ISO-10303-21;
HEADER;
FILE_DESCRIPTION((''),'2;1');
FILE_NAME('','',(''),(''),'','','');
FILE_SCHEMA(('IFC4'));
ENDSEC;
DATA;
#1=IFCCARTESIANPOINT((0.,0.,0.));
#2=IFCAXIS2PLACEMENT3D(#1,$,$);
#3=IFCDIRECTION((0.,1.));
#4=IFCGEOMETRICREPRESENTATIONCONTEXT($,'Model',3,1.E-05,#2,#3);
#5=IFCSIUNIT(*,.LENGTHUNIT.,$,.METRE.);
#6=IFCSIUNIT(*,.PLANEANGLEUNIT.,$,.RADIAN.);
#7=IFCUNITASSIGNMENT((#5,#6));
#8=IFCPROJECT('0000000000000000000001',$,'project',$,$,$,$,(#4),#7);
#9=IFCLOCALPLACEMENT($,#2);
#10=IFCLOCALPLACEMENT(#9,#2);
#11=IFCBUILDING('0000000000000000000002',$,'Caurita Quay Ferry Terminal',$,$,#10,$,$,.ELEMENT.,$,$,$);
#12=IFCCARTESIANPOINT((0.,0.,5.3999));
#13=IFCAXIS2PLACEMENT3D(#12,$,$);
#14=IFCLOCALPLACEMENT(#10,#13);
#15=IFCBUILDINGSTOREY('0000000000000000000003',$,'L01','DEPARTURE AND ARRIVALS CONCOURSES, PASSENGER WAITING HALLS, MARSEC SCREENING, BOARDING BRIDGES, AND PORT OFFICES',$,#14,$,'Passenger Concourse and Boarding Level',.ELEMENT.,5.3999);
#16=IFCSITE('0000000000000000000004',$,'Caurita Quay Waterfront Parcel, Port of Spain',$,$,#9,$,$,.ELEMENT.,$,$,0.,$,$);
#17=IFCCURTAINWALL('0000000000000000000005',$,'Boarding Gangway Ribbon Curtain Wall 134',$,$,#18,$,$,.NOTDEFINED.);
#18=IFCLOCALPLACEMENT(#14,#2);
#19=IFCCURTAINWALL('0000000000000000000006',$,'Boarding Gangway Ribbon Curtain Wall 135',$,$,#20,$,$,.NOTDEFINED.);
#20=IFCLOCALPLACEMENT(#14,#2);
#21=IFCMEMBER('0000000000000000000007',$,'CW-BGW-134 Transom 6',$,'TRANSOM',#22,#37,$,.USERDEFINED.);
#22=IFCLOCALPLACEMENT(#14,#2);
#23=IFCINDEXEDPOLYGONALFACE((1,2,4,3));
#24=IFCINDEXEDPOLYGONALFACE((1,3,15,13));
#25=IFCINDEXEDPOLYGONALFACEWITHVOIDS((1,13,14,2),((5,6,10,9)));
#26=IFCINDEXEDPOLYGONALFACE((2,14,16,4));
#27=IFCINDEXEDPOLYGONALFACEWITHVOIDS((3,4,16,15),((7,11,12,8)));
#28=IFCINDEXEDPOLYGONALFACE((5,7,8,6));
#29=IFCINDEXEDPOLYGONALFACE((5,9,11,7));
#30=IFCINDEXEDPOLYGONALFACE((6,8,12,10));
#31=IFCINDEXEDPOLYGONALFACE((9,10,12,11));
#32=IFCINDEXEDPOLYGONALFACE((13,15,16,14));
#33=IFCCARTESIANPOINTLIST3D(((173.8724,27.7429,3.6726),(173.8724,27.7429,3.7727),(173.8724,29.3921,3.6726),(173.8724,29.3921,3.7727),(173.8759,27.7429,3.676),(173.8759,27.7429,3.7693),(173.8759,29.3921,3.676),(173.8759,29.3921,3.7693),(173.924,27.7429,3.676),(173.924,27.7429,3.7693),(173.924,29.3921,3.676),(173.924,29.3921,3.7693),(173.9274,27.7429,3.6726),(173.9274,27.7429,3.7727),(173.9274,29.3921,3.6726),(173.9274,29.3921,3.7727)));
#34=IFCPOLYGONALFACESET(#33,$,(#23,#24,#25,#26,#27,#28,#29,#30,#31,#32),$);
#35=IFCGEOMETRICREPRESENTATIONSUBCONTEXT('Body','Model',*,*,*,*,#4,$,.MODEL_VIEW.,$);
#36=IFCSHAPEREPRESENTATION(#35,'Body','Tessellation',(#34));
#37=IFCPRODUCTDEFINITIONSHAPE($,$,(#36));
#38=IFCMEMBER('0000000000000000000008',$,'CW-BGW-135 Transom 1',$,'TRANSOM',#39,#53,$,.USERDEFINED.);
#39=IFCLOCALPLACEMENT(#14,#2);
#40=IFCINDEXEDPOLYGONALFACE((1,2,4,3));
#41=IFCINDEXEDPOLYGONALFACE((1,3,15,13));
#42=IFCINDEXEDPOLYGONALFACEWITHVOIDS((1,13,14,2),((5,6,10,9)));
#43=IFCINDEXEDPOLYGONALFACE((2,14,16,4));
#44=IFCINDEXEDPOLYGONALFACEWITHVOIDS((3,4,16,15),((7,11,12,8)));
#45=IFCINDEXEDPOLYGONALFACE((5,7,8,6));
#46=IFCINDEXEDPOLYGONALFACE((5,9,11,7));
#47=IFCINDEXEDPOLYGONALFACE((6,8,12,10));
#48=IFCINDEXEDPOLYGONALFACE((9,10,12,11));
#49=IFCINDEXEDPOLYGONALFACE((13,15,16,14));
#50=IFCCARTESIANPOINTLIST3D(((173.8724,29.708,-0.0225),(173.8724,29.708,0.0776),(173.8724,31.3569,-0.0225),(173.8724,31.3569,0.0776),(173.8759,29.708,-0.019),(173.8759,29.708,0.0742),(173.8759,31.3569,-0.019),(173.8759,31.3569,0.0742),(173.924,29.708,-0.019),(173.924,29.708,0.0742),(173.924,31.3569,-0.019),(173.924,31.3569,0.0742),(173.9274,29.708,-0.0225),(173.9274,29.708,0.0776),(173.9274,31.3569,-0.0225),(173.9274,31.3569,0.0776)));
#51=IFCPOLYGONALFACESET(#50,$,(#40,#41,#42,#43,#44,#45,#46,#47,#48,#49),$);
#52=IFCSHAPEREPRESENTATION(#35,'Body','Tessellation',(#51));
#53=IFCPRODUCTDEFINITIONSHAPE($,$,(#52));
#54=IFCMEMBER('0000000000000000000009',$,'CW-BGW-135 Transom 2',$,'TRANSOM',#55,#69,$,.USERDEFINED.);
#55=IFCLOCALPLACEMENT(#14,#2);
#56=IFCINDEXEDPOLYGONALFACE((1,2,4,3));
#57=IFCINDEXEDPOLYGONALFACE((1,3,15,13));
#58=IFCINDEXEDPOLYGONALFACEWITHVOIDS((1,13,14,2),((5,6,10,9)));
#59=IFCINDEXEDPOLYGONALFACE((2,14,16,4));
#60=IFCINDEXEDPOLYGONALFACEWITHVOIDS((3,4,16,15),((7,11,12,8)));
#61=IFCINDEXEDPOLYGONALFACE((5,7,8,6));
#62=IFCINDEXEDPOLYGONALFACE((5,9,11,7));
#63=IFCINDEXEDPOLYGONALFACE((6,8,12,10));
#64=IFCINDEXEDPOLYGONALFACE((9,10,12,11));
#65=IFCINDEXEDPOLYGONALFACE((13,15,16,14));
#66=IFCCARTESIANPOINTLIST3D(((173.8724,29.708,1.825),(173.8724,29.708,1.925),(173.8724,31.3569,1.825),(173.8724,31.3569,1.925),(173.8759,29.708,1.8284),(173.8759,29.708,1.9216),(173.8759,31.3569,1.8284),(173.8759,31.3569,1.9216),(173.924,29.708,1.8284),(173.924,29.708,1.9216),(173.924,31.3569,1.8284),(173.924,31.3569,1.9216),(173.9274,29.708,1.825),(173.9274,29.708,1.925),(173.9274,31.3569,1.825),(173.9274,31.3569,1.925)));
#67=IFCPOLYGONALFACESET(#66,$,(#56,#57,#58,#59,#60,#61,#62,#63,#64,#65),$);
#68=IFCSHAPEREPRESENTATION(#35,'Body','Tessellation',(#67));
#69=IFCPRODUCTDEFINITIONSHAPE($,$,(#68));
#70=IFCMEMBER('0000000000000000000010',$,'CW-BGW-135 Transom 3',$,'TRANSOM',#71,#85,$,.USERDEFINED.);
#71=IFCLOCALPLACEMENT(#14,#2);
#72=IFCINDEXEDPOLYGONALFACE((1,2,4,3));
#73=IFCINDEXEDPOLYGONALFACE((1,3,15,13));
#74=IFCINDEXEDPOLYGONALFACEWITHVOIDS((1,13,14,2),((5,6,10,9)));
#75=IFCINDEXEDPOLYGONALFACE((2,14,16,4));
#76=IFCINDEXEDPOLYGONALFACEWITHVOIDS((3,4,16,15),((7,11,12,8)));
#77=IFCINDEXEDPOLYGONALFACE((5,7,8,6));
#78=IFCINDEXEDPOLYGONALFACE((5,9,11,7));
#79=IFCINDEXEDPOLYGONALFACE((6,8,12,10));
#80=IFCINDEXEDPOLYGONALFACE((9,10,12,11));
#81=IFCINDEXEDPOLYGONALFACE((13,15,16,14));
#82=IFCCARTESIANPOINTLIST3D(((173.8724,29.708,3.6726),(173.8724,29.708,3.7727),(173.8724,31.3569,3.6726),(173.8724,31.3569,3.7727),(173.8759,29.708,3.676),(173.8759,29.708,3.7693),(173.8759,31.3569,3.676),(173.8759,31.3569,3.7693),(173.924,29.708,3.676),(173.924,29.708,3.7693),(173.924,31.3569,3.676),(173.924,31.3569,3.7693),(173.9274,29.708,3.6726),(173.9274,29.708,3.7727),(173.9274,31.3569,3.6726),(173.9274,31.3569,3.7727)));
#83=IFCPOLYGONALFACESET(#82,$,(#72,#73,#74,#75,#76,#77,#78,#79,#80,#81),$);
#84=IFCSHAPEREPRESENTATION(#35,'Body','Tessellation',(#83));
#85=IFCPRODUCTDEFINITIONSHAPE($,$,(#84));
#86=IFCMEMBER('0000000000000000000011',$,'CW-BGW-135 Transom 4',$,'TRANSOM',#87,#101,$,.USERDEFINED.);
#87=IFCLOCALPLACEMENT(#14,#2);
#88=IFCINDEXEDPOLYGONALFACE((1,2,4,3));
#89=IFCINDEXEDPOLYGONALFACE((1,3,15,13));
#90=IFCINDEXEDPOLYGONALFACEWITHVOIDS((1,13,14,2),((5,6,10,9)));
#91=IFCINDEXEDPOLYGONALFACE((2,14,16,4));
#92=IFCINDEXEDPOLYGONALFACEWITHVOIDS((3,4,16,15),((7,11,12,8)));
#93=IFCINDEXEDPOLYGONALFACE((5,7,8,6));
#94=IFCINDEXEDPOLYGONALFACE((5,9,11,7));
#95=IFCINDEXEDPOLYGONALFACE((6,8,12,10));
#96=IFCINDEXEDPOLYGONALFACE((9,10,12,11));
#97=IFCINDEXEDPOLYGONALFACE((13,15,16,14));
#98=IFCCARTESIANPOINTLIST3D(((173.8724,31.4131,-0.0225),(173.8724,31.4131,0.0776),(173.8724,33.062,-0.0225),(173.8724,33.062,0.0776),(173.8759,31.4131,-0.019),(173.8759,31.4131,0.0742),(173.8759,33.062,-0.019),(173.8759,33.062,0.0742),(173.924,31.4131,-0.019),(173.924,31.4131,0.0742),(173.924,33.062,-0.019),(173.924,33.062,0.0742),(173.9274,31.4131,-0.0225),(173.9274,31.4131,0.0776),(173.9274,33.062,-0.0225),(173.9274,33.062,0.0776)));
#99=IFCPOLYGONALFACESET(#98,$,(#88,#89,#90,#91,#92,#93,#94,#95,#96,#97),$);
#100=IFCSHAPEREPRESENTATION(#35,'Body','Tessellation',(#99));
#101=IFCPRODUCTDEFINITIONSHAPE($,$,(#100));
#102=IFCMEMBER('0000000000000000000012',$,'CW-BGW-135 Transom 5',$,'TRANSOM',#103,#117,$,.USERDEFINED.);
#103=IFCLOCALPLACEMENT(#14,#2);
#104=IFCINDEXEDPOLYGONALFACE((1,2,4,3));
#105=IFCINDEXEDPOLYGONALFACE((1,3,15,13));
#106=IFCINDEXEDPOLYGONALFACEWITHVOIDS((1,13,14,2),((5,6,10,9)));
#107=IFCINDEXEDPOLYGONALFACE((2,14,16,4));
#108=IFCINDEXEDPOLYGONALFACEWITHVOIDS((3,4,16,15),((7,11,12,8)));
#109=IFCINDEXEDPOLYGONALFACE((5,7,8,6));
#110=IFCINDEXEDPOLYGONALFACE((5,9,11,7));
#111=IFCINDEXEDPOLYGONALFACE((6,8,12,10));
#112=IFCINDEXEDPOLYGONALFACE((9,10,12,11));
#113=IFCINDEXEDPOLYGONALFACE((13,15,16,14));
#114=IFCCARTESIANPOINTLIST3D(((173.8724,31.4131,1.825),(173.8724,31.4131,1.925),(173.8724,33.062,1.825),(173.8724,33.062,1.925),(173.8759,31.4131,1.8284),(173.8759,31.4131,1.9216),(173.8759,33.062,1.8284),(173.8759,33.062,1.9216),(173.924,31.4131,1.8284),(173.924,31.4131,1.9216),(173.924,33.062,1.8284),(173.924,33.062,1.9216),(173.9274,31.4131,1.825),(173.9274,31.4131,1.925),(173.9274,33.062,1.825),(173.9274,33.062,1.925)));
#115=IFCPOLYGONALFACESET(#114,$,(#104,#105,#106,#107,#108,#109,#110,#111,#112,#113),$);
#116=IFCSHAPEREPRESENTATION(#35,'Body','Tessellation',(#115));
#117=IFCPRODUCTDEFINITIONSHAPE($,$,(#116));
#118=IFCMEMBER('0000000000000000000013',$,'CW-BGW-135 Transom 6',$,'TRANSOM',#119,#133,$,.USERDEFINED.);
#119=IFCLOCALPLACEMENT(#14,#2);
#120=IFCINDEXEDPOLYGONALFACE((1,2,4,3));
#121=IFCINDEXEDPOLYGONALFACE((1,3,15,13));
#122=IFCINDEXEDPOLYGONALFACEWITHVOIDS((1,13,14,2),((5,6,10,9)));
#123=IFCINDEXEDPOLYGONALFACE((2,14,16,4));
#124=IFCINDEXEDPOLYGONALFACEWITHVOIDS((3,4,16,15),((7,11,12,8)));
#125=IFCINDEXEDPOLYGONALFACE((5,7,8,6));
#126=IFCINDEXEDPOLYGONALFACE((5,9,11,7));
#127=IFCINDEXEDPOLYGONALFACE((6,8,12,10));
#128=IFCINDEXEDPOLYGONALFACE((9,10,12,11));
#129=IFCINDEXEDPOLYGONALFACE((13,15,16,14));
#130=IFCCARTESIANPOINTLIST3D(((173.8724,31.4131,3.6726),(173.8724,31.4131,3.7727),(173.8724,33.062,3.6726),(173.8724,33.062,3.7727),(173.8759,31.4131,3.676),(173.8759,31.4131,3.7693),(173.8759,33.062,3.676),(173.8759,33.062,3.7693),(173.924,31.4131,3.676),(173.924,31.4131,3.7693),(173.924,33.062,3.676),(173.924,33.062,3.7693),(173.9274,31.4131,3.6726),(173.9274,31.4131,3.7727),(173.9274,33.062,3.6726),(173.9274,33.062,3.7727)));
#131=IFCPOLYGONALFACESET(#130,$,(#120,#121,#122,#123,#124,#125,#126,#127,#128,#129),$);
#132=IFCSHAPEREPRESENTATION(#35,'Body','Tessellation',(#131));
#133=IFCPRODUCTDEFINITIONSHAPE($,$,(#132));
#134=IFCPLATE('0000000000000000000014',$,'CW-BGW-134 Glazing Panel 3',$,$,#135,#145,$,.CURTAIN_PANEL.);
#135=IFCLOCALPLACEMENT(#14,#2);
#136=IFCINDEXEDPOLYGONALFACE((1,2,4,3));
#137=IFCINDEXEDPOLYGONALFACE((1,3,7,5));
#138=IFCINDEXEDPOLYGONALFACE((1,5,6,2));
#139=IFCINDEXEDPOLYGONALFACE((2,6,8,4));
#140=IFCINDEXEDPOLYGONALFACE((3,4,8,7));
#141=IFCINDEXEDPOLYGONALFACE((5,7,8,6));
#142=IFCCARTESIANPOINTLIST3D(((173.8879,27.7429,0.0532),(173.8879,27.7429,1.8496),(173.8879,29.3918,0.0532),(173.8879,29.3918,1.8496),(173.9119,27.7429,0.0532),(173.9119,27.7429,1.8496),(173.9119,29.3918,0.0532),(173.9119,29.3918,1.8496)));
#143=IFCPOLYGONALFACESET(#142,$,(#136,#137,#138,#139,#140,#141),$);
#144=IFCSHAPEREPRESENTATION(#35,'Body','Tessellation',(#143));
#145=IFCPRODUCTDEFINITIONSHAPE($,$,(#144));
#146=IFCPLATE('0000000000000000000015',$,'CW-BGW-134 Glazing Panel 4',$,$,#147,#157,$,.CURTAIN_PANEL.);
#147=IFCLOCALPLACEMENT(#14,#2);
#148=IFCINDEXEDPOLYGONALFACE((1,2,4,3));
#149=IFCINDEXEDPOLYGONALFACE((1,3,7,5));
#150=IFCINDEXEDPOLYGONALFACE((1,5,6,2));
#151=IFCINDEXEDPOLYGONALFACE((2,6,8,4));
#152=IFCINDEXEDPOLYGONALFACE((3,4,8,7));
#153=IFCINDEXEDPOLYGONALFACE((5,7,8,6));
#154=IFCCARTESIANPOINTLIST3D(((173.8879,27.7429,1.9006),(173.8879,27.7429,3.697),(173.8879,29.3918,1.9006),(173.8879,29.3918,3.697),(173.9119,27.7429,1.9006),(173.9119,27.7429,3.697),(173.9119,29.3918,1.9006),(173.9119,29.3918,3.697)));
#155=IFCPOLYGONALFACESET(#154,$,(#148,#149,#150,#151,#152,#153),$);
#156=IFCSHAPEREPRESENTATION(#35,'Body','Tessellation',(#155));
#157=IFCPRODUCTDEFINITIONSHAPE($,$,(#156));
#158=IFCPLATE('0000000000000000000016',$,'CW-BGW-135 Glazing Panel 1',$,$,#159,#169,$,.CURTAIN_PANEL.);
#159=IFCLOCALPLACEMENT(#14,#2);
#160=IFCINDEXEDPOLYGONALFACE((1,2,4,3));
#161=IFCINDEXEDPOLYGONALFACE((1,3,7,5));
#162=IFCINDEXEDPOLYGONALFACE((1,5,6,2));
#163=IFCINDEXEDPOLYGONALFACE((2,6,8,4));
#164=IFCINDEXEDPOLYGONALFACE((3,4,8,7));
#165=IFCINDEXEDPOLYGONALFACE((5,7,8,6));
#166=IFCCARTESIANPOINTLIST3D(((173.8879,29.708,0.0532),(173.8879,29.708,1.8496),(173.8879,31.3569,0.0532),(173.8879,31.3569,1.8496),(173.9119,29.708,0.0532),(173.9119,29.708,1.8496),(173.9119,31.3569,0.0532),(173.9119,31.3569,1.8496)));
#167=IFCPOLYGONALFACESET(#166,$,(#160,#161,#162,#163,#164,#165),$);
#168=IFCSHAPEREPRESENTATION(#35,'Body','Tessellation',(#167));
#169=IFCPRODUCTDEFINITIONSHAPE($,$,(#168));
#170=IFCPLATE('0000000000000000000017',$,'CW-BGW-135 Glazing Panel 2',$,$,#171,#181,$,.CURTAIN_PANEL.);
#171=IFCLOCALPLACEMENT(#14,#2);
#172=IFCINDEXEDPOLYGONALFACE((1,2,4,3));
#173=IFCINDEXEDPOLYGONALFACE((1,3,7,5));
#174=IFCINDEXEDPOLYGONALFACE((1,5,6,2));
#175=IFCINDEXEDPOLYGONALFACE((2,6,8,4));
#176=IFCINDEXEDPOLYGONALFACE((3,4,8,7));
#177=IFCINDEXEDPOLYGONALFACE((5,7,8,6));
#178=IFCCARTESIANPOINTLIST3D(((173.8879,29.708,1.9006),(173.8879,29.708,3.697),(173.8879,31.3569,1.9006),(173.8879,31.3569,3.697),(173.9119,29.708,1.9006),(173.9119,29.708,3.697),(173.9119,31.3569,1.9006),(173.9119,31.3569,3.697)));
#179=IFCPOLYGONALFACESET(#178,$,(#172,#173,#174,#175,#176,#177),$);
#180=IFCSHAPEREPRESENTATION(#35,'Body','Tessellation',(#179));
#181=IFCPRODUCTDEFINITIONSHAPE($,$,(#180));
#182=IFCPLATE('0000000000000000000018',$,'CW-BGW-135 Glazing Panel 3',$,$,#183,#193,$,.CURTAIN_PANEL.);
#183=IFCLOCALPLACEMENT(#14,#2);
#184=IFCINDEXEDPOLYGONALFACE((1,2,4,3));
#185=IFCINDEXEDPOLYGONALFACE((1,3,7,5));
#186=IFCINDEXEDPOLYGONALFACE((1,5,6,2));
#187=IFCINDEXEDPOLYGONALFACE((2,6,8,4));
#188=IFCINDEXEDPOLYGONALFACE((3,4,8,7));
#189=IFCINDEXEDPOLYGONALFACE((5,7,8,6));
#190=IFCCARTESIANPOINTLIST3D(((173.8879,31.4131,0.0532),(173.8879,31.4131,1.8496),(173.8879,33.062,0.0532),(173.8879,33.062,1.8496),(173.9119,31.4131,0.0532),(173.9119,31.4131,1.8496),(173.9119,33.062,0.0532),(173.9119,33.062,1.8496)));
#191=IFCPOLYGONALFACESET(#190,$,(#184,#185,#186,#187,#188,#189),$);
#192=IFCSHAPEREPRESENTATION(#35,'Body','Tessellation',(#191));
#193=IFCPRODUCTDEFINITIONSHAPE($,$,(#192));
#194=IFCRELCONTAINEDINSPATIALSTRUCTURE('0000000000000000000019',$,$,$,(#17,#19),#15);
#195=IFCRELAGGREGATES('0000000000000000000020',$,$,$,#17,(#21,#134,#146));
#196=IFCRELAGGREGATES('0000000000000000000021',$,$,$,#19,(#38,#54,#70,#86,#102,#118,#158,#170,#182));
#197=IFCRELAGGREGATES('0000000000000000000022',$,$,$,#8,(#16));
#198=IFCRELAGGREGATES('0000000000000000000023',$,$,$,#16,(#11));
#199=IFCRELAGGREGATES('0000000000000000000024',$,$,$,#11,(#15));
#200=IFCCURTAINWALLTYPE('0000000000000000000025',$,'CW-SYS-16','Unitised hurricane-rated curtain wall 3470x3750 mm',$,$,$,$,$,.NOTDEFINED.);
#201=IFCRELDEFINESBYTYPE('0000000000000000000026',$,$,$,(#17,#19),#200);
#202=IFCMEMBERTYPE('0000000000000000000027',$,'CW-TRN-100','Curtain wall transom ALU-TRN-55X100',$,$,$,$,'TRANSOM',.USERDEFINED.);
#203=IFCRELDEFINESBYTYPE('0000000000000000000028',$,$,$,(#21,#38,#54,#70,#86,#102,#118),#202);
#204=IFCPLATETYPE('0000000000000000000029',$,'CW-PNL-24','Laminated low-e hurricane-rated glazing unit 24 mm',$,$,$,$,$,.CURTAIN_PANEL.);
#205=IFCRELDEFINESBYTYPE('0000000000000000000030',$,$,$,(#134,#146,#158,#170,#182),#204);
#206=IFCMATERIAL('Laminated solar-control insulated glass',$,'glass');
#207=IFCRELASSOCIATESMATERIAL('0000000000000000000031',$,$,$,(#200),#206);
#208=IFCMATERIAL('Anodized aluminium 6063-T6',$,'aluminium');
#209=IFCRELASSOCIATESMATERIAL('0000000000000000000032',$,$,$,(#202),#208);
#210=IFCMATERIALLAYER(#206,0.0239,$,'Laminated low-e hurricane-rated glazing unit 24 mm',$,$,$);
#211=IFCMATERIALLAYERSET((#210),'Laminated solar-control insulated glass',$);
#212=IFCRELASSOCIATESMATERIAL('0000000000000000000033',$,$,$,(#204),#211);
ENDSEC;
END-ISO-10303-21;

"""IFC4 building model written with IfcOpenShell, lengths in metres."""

from ifc_helpers import new_model, si_unit, direction, frame, origin, origin_2d, place, context, subcontext, project, spatial, rectangle, hollow_rectangle, extrude, material, layer, layer_set, material_profile, profile_set, type_object, element, aggregate, save


model = new_model("IFC4")

# Units and contexts
model_context = context("Model", 3, precision=1e-05, world=origin(), true_north=direction((0.0, 1.0)))
body_context = subcontext(model_context, "Body", "Model", "MODEL_VIEW")
ifc_project = project(units=[si_unit("LENGTHUNIT", "METRE"), si_unit("PLANEANGLEUNIT", "RADIAN")], contexts=[model_context])

# Site, building, storey
site_placement = place(None, origin())
site = spatial("IfcSite", under=ifc_project, at=site_placement, Name="Caurita Quay Waterfront Parcel, Port of Spain", CompositionType="ELEMENT", RefElevation=0.0)
building_placement = place(site_placement, origin())
building = spatial("IfcBuilding", under=site, at=building_placement, Name="Caurita Quay Ferry Terminal", CompositionType="ELEMENT")
storey_placement = place(building_placement, frame((0.0, 0.0, 5.3999)))
storey = spatial("IfcBuildingStorey", under=building, at=storey_placement, Name="L01", Description="DEPARTURE AND ARRIVALS CONCOURSES, PASSENGER WAITING HALLS, MARSEC SCREENING, BOARDING BRIDGES, AND PORT OFFICES", LongName="Passenger Concourse and Boarding Level", CompositionType="ELEMENT", Elevation=5.3999)

# Curtain walls
ifc_material_1 = material(Name="Laminated solar-control insulated glass", Category="glass")
curtain_wall_type = type_object("IfcCurtainWallType", Name="CW-SYS-16", Description="Unitised hurricane-rated curtain wall 3470x3750 mm", PredefinedType="NOTDEFINED", material=ifc_material_1)
curtain_wall_1_placement = place(storey_placement, origin())
curtain_wall_1 = element("IfcCurtainWall", 1, at=curtain_wall_1_placement, inside=storey, type_object=curtain_wall_type, Name="Boarding Gangway Ribbon Curtain Wall 134", PredefinedType="NOTDEFINED")
ifc_material_2 = material(Name="Anodized aluminium 6063-T6", Category="aluminium")
curtain_wall_2_placement = place(storey_placement, origin())
curtain_wall_2 = element("IfcCurtainWall", 2, at=curtain_wall_2_placement, inside=storey, type_object=curtain_wall_type, Name="Boarding Gangway Ribbon Curtain Wall 135", PredefinedType="NOTDEFINED")

# Members
ifc_material_profile_1 = material_profile(ifc_material_2, hollow_rectangle(XDim=0.0549, YDim=0.1001, WallThickness=0.0034, at=origin_2d()), Name="ALU-TRN-55X100")
ifc_profile_set_1 = profile_set([ifc_material_profile_1], Name="Anodized aluminium 6063-T6")
member_type_1 = type_object("IfcMemberType", Name="CW-TRN-100", Description="Curtain wall transom ALU-TRN-55X100", ElementType="TRANSOM", PredefinedType="USERDEFINED", material=ifc_profile_set_1)
member_1_placement = place(storey_placement, frame((173.8999, 27.7429, 3.7227), z_axis=(0.0, 1.0, 0.0), x_axis=(-1.0, 0.0, 0.0)))
member_1 = element("IfcMember", 3, at=member_1_placement, type_object=member_type_1, Name="CW-BGW-134 Transom 6", ObjectType="TRANSOM", PredefinedType="USERDEFINED", context=body_context, shape_type="SweptSolid", body=[
    extrude(hollow_rectangle(XDim=0.0549, YDim=0.1001, WallThickness=0.0034, at=origin_2d()), origin(), (0.0, 0.0, 1.0), 1.6492),
])
member_2_placement = place(storey_placement, frame((173.8999, 29.708, 0.0276), z_axis=(0.0, 1.0, 0.0), x_axis=(-1.0, 0.0, 0.0)))
member_2 = element("IfcMember", 4, at=member_2_placement, type_object=member_type_1, Name="CW-BGW-135 Transom 1", ObjectType="TRANSOM", PredefinedType="USERDEFINED", context=body_context, shape_type="SweptSolid", body=[
    extrude(hollow_rectangle(XDim=0.0549, YDim=0.1001, WallThickness=0.0034, at=origin_2d()), origin(), (0.0, 0.0, 1.0), 1.6489),
])
member_3_placement = place(storey_placement, frame((173.8999, 29.708, 1.875), z_axis=(0.0, 1.0, 0.0), x_axis=(-1.0, 0.0, 0.0)))
member_3 = element("IfcMember", 5, at=member_3_placement, type_object=member_type_1, Name="CW-BGW-135 Transom 2", ObjectType="TRANSOM", PredefinedType="USERDEFINED", context=body_context, shape_type="SweptSolid", body=[
    extrude(hollow_rectangle(XDim=0.0549, YDim=0.1001, WallThickness=0.0034, at=origin_2d()), origin(), (0.0, 0.0, 1.0), 1.6489),
])
member_4_placement = place(storey_placement, frame((173.8999, 29.708, 3.7227), z_axis=(0.0, 1.0, 0.0), x_axis=(-1.0, 0.0, 0.0)))
member_4 = element("IfcMember", 6, at=member_4_placement, type_object=member_type_1, Name="CW-BGW-135 Transom 3", ObjectType="TRANSOM", PredefinedType="USERDEFINED", context=body_context, shape_type="SweptSolid", body=[
    extrude(hollow_rectangle(XDim=0.0549, YDim=0.1001, WallThickness=0.0034, at=origin_2d()), origin(), (0.0, 0.0, 1.0), 1.6489),
])
member_5_placement = place(storey_placement, frame((173.8999, 31.4131, 0.0276), z_axis=(0.0, 1.0, 0.0), x_axis=(-1.0, 0.0, 0.0)))
member_5 = element("IfcMember", 7, at=member_5_placement, type_object=member_type_1, Name="CW-BGW-135 Transom 4", ObjectType="TRANSOM", PredefinedType="USERDEFINED", context=body_context, shape_type="SweptSolid", body=[
    extrude(hollow_rectangle(XDim=0.0549, YDim=0.1001, WallThickness=0.0034, at=origin_2d()), origin(), (0.0, 0.0, 1.0), 1.6489),
])
member_6_placement = place(storey_placement, frame((173.8999, 31.4131, 1.875), z_axis=(0.0, 1.0, 0.0), x_axis=(-1.0, 0.0, 0.0)))
member_6 = element("IfcMember", 8, at=member_6_placement, type_object=member_type_1, Name="CW-BGW-135 Transom 5", ObjectType="TRANSOM", PredefinedType="USERDEFINED", context=body_context, shape_type="SweptSolid", body=[
    extrude(hollow_rectangle(XDim=0.0549, YDim=0.1001, WallThickness=0.0034, at=origin_2d()), origin(), (0.0, 0.0, 1.0), 1.6489),
])
member_7_placement = place(storey_placement, frame((173.8999, 31.4131, 3.7227), z_axis=(0.0, 1.0, 0.0), x_axis=(-1.0, 0.0, 0.0)))
member_7 = element("IfcMember", 9, at=member_7_placement, type_object=member_type_1, Name="CW-BGW-135 Transom 6", ObjectType="TRANSOM", PredefinedType="USERDEFINED", context=body_context, shape_type="SweptSolid", body=[
    extrude(hollow_rectangle(XDim=0.0549, YDim=0.1001, WallThickness=0.0034, at=origin_2d()), origin(), (0.0, 0.0, 1.0), 1.6489),
])

# Plates
ifc_layer_1 = layer(ifc_material_1, 0.0239, Name="Laminated low-e hurricane-rated glazing unit 24 mm")
ifc_layer_set_1 = layer_set([ifc_layer_1], Name="Laminated solar-control insulated glass")
plate_type_1 = type_object("IfcPlateType", Name="CW-PNL-24", Description="Laminated low-e hurricane-rated glazing unit 24 mm", PredefinedType="CURTAIN_PANEL", material=ifc_layer_set_1)
plate_1_placement = place(storey_placement, frame((173.8999, 28.5674, 0.0532), z_axis=(0.0, 0.0, 1.0), x_axis=(0.0, 1.0, 0.0)))
plate_1 = element("IfcPlate", 10, at=plate_1_placement, type_object=plate_type_1, Name="CW-BGW-134 Glazing Panel 3", PredefinedType="CURTAIN_PANEL", context=body_context, shape_type="SweptSolid", body=[
    extrude(rectangle(XDim=1.6489, YDim=0.0239, at=origin_2d()), origin(), (0.0, 0.0, 1.0), 1.7964),
])
plate_2_placement = place(storey_placement, frame((173.8999, 28.5674, 1.9006), z_axis=(0.0, 0.0, 1.0), x_axis=(0.0, 1.0, 0.0)))
plate_2 = element("IfcPlate", 11, at=plate_2_placement, type_object=plate_type_1, Name="CW-BGW-134 Glazing Panel 4", PredefinedType="CURTAIN_PANEL", context=body_context, shape_type="SweptSolid", body=[
    extrude(rectangle(XDim=1.6489, YDim=0.0239, at=origin_2d()), origin(), (0.0, 0.0, 1.0), 1.7964),
])
aggregate(curtain_wall_1, [member_1, plate_1, plate_2])
plate_3_placement = place(storey_placement, frame((173.8999, 30.5325, 0.0532), z_axis=(0.0, 0.0, 1.0), x_axis=(0.0, 1.0, 0.0)))
plate_3 = element("IfcPlate", 12, at=plate_3_placement, type_object=plate_type_1, Name="CW-BGW-135 Glazing Panel 1", PredefinedType="CURTAIN_PANEL", context=body_context, shape_type="SweptSolid", body=[
    extrude(rectangle(XDim=1.6489, YDim=0.0239, at=origin_2d()), origin(), (0.0, 0.0, 1.0), 1.7964),
])
plate_4_placement = place(storey_placement, frame((173.8999, 30.5325, 1.9006), z_axis=(0.0, 0.0, 1.0), x_axis=(0.0, 1.0, 0.0)))
plate_4 = element("IfcPlate", 13, at=plate_4_placement, type_object=plate_type_1, Name="CW-BGW-135 Glazing Panel 2", PredefinedType="CURTAIN_PANEL", context=body_context, shape_type="SweptSolid", body=[
    extrude(rectangle(XDim=1.6489, YDim=0.0239, at=origin_2d()), origin(), (0.0, 0.0, 1.0), 1.7964),
])
plate_5_placement = place(storey_placement, frame((173.8999, 32.2375, 0.0532), z_axis=(0.0, 0.0, 1.0), x_axis=(0.0, 1.0, 0.0)))
plate_5 = element("IfcPlate", 14, at=plate_5_placement, type_object=plate_type_1, Name="CW-BGW-135 Glazing Panel 3", PredefinedType="CURTAIN_PANEL", context=body_context, shape_type="SweptSolid", body=[
    extrude(rectangle(XDim=1.6489, YDim=0.0239, at=origin_2d()), origin(), (0.0, 0.0, 1.0), 1.7964),
])
aggregate(curtain_wall_2, [member_2, member_3, member_4, member_5, member_6, member_7, plate_3, plate_4, plate_5])

save(model, "model.ifc")
